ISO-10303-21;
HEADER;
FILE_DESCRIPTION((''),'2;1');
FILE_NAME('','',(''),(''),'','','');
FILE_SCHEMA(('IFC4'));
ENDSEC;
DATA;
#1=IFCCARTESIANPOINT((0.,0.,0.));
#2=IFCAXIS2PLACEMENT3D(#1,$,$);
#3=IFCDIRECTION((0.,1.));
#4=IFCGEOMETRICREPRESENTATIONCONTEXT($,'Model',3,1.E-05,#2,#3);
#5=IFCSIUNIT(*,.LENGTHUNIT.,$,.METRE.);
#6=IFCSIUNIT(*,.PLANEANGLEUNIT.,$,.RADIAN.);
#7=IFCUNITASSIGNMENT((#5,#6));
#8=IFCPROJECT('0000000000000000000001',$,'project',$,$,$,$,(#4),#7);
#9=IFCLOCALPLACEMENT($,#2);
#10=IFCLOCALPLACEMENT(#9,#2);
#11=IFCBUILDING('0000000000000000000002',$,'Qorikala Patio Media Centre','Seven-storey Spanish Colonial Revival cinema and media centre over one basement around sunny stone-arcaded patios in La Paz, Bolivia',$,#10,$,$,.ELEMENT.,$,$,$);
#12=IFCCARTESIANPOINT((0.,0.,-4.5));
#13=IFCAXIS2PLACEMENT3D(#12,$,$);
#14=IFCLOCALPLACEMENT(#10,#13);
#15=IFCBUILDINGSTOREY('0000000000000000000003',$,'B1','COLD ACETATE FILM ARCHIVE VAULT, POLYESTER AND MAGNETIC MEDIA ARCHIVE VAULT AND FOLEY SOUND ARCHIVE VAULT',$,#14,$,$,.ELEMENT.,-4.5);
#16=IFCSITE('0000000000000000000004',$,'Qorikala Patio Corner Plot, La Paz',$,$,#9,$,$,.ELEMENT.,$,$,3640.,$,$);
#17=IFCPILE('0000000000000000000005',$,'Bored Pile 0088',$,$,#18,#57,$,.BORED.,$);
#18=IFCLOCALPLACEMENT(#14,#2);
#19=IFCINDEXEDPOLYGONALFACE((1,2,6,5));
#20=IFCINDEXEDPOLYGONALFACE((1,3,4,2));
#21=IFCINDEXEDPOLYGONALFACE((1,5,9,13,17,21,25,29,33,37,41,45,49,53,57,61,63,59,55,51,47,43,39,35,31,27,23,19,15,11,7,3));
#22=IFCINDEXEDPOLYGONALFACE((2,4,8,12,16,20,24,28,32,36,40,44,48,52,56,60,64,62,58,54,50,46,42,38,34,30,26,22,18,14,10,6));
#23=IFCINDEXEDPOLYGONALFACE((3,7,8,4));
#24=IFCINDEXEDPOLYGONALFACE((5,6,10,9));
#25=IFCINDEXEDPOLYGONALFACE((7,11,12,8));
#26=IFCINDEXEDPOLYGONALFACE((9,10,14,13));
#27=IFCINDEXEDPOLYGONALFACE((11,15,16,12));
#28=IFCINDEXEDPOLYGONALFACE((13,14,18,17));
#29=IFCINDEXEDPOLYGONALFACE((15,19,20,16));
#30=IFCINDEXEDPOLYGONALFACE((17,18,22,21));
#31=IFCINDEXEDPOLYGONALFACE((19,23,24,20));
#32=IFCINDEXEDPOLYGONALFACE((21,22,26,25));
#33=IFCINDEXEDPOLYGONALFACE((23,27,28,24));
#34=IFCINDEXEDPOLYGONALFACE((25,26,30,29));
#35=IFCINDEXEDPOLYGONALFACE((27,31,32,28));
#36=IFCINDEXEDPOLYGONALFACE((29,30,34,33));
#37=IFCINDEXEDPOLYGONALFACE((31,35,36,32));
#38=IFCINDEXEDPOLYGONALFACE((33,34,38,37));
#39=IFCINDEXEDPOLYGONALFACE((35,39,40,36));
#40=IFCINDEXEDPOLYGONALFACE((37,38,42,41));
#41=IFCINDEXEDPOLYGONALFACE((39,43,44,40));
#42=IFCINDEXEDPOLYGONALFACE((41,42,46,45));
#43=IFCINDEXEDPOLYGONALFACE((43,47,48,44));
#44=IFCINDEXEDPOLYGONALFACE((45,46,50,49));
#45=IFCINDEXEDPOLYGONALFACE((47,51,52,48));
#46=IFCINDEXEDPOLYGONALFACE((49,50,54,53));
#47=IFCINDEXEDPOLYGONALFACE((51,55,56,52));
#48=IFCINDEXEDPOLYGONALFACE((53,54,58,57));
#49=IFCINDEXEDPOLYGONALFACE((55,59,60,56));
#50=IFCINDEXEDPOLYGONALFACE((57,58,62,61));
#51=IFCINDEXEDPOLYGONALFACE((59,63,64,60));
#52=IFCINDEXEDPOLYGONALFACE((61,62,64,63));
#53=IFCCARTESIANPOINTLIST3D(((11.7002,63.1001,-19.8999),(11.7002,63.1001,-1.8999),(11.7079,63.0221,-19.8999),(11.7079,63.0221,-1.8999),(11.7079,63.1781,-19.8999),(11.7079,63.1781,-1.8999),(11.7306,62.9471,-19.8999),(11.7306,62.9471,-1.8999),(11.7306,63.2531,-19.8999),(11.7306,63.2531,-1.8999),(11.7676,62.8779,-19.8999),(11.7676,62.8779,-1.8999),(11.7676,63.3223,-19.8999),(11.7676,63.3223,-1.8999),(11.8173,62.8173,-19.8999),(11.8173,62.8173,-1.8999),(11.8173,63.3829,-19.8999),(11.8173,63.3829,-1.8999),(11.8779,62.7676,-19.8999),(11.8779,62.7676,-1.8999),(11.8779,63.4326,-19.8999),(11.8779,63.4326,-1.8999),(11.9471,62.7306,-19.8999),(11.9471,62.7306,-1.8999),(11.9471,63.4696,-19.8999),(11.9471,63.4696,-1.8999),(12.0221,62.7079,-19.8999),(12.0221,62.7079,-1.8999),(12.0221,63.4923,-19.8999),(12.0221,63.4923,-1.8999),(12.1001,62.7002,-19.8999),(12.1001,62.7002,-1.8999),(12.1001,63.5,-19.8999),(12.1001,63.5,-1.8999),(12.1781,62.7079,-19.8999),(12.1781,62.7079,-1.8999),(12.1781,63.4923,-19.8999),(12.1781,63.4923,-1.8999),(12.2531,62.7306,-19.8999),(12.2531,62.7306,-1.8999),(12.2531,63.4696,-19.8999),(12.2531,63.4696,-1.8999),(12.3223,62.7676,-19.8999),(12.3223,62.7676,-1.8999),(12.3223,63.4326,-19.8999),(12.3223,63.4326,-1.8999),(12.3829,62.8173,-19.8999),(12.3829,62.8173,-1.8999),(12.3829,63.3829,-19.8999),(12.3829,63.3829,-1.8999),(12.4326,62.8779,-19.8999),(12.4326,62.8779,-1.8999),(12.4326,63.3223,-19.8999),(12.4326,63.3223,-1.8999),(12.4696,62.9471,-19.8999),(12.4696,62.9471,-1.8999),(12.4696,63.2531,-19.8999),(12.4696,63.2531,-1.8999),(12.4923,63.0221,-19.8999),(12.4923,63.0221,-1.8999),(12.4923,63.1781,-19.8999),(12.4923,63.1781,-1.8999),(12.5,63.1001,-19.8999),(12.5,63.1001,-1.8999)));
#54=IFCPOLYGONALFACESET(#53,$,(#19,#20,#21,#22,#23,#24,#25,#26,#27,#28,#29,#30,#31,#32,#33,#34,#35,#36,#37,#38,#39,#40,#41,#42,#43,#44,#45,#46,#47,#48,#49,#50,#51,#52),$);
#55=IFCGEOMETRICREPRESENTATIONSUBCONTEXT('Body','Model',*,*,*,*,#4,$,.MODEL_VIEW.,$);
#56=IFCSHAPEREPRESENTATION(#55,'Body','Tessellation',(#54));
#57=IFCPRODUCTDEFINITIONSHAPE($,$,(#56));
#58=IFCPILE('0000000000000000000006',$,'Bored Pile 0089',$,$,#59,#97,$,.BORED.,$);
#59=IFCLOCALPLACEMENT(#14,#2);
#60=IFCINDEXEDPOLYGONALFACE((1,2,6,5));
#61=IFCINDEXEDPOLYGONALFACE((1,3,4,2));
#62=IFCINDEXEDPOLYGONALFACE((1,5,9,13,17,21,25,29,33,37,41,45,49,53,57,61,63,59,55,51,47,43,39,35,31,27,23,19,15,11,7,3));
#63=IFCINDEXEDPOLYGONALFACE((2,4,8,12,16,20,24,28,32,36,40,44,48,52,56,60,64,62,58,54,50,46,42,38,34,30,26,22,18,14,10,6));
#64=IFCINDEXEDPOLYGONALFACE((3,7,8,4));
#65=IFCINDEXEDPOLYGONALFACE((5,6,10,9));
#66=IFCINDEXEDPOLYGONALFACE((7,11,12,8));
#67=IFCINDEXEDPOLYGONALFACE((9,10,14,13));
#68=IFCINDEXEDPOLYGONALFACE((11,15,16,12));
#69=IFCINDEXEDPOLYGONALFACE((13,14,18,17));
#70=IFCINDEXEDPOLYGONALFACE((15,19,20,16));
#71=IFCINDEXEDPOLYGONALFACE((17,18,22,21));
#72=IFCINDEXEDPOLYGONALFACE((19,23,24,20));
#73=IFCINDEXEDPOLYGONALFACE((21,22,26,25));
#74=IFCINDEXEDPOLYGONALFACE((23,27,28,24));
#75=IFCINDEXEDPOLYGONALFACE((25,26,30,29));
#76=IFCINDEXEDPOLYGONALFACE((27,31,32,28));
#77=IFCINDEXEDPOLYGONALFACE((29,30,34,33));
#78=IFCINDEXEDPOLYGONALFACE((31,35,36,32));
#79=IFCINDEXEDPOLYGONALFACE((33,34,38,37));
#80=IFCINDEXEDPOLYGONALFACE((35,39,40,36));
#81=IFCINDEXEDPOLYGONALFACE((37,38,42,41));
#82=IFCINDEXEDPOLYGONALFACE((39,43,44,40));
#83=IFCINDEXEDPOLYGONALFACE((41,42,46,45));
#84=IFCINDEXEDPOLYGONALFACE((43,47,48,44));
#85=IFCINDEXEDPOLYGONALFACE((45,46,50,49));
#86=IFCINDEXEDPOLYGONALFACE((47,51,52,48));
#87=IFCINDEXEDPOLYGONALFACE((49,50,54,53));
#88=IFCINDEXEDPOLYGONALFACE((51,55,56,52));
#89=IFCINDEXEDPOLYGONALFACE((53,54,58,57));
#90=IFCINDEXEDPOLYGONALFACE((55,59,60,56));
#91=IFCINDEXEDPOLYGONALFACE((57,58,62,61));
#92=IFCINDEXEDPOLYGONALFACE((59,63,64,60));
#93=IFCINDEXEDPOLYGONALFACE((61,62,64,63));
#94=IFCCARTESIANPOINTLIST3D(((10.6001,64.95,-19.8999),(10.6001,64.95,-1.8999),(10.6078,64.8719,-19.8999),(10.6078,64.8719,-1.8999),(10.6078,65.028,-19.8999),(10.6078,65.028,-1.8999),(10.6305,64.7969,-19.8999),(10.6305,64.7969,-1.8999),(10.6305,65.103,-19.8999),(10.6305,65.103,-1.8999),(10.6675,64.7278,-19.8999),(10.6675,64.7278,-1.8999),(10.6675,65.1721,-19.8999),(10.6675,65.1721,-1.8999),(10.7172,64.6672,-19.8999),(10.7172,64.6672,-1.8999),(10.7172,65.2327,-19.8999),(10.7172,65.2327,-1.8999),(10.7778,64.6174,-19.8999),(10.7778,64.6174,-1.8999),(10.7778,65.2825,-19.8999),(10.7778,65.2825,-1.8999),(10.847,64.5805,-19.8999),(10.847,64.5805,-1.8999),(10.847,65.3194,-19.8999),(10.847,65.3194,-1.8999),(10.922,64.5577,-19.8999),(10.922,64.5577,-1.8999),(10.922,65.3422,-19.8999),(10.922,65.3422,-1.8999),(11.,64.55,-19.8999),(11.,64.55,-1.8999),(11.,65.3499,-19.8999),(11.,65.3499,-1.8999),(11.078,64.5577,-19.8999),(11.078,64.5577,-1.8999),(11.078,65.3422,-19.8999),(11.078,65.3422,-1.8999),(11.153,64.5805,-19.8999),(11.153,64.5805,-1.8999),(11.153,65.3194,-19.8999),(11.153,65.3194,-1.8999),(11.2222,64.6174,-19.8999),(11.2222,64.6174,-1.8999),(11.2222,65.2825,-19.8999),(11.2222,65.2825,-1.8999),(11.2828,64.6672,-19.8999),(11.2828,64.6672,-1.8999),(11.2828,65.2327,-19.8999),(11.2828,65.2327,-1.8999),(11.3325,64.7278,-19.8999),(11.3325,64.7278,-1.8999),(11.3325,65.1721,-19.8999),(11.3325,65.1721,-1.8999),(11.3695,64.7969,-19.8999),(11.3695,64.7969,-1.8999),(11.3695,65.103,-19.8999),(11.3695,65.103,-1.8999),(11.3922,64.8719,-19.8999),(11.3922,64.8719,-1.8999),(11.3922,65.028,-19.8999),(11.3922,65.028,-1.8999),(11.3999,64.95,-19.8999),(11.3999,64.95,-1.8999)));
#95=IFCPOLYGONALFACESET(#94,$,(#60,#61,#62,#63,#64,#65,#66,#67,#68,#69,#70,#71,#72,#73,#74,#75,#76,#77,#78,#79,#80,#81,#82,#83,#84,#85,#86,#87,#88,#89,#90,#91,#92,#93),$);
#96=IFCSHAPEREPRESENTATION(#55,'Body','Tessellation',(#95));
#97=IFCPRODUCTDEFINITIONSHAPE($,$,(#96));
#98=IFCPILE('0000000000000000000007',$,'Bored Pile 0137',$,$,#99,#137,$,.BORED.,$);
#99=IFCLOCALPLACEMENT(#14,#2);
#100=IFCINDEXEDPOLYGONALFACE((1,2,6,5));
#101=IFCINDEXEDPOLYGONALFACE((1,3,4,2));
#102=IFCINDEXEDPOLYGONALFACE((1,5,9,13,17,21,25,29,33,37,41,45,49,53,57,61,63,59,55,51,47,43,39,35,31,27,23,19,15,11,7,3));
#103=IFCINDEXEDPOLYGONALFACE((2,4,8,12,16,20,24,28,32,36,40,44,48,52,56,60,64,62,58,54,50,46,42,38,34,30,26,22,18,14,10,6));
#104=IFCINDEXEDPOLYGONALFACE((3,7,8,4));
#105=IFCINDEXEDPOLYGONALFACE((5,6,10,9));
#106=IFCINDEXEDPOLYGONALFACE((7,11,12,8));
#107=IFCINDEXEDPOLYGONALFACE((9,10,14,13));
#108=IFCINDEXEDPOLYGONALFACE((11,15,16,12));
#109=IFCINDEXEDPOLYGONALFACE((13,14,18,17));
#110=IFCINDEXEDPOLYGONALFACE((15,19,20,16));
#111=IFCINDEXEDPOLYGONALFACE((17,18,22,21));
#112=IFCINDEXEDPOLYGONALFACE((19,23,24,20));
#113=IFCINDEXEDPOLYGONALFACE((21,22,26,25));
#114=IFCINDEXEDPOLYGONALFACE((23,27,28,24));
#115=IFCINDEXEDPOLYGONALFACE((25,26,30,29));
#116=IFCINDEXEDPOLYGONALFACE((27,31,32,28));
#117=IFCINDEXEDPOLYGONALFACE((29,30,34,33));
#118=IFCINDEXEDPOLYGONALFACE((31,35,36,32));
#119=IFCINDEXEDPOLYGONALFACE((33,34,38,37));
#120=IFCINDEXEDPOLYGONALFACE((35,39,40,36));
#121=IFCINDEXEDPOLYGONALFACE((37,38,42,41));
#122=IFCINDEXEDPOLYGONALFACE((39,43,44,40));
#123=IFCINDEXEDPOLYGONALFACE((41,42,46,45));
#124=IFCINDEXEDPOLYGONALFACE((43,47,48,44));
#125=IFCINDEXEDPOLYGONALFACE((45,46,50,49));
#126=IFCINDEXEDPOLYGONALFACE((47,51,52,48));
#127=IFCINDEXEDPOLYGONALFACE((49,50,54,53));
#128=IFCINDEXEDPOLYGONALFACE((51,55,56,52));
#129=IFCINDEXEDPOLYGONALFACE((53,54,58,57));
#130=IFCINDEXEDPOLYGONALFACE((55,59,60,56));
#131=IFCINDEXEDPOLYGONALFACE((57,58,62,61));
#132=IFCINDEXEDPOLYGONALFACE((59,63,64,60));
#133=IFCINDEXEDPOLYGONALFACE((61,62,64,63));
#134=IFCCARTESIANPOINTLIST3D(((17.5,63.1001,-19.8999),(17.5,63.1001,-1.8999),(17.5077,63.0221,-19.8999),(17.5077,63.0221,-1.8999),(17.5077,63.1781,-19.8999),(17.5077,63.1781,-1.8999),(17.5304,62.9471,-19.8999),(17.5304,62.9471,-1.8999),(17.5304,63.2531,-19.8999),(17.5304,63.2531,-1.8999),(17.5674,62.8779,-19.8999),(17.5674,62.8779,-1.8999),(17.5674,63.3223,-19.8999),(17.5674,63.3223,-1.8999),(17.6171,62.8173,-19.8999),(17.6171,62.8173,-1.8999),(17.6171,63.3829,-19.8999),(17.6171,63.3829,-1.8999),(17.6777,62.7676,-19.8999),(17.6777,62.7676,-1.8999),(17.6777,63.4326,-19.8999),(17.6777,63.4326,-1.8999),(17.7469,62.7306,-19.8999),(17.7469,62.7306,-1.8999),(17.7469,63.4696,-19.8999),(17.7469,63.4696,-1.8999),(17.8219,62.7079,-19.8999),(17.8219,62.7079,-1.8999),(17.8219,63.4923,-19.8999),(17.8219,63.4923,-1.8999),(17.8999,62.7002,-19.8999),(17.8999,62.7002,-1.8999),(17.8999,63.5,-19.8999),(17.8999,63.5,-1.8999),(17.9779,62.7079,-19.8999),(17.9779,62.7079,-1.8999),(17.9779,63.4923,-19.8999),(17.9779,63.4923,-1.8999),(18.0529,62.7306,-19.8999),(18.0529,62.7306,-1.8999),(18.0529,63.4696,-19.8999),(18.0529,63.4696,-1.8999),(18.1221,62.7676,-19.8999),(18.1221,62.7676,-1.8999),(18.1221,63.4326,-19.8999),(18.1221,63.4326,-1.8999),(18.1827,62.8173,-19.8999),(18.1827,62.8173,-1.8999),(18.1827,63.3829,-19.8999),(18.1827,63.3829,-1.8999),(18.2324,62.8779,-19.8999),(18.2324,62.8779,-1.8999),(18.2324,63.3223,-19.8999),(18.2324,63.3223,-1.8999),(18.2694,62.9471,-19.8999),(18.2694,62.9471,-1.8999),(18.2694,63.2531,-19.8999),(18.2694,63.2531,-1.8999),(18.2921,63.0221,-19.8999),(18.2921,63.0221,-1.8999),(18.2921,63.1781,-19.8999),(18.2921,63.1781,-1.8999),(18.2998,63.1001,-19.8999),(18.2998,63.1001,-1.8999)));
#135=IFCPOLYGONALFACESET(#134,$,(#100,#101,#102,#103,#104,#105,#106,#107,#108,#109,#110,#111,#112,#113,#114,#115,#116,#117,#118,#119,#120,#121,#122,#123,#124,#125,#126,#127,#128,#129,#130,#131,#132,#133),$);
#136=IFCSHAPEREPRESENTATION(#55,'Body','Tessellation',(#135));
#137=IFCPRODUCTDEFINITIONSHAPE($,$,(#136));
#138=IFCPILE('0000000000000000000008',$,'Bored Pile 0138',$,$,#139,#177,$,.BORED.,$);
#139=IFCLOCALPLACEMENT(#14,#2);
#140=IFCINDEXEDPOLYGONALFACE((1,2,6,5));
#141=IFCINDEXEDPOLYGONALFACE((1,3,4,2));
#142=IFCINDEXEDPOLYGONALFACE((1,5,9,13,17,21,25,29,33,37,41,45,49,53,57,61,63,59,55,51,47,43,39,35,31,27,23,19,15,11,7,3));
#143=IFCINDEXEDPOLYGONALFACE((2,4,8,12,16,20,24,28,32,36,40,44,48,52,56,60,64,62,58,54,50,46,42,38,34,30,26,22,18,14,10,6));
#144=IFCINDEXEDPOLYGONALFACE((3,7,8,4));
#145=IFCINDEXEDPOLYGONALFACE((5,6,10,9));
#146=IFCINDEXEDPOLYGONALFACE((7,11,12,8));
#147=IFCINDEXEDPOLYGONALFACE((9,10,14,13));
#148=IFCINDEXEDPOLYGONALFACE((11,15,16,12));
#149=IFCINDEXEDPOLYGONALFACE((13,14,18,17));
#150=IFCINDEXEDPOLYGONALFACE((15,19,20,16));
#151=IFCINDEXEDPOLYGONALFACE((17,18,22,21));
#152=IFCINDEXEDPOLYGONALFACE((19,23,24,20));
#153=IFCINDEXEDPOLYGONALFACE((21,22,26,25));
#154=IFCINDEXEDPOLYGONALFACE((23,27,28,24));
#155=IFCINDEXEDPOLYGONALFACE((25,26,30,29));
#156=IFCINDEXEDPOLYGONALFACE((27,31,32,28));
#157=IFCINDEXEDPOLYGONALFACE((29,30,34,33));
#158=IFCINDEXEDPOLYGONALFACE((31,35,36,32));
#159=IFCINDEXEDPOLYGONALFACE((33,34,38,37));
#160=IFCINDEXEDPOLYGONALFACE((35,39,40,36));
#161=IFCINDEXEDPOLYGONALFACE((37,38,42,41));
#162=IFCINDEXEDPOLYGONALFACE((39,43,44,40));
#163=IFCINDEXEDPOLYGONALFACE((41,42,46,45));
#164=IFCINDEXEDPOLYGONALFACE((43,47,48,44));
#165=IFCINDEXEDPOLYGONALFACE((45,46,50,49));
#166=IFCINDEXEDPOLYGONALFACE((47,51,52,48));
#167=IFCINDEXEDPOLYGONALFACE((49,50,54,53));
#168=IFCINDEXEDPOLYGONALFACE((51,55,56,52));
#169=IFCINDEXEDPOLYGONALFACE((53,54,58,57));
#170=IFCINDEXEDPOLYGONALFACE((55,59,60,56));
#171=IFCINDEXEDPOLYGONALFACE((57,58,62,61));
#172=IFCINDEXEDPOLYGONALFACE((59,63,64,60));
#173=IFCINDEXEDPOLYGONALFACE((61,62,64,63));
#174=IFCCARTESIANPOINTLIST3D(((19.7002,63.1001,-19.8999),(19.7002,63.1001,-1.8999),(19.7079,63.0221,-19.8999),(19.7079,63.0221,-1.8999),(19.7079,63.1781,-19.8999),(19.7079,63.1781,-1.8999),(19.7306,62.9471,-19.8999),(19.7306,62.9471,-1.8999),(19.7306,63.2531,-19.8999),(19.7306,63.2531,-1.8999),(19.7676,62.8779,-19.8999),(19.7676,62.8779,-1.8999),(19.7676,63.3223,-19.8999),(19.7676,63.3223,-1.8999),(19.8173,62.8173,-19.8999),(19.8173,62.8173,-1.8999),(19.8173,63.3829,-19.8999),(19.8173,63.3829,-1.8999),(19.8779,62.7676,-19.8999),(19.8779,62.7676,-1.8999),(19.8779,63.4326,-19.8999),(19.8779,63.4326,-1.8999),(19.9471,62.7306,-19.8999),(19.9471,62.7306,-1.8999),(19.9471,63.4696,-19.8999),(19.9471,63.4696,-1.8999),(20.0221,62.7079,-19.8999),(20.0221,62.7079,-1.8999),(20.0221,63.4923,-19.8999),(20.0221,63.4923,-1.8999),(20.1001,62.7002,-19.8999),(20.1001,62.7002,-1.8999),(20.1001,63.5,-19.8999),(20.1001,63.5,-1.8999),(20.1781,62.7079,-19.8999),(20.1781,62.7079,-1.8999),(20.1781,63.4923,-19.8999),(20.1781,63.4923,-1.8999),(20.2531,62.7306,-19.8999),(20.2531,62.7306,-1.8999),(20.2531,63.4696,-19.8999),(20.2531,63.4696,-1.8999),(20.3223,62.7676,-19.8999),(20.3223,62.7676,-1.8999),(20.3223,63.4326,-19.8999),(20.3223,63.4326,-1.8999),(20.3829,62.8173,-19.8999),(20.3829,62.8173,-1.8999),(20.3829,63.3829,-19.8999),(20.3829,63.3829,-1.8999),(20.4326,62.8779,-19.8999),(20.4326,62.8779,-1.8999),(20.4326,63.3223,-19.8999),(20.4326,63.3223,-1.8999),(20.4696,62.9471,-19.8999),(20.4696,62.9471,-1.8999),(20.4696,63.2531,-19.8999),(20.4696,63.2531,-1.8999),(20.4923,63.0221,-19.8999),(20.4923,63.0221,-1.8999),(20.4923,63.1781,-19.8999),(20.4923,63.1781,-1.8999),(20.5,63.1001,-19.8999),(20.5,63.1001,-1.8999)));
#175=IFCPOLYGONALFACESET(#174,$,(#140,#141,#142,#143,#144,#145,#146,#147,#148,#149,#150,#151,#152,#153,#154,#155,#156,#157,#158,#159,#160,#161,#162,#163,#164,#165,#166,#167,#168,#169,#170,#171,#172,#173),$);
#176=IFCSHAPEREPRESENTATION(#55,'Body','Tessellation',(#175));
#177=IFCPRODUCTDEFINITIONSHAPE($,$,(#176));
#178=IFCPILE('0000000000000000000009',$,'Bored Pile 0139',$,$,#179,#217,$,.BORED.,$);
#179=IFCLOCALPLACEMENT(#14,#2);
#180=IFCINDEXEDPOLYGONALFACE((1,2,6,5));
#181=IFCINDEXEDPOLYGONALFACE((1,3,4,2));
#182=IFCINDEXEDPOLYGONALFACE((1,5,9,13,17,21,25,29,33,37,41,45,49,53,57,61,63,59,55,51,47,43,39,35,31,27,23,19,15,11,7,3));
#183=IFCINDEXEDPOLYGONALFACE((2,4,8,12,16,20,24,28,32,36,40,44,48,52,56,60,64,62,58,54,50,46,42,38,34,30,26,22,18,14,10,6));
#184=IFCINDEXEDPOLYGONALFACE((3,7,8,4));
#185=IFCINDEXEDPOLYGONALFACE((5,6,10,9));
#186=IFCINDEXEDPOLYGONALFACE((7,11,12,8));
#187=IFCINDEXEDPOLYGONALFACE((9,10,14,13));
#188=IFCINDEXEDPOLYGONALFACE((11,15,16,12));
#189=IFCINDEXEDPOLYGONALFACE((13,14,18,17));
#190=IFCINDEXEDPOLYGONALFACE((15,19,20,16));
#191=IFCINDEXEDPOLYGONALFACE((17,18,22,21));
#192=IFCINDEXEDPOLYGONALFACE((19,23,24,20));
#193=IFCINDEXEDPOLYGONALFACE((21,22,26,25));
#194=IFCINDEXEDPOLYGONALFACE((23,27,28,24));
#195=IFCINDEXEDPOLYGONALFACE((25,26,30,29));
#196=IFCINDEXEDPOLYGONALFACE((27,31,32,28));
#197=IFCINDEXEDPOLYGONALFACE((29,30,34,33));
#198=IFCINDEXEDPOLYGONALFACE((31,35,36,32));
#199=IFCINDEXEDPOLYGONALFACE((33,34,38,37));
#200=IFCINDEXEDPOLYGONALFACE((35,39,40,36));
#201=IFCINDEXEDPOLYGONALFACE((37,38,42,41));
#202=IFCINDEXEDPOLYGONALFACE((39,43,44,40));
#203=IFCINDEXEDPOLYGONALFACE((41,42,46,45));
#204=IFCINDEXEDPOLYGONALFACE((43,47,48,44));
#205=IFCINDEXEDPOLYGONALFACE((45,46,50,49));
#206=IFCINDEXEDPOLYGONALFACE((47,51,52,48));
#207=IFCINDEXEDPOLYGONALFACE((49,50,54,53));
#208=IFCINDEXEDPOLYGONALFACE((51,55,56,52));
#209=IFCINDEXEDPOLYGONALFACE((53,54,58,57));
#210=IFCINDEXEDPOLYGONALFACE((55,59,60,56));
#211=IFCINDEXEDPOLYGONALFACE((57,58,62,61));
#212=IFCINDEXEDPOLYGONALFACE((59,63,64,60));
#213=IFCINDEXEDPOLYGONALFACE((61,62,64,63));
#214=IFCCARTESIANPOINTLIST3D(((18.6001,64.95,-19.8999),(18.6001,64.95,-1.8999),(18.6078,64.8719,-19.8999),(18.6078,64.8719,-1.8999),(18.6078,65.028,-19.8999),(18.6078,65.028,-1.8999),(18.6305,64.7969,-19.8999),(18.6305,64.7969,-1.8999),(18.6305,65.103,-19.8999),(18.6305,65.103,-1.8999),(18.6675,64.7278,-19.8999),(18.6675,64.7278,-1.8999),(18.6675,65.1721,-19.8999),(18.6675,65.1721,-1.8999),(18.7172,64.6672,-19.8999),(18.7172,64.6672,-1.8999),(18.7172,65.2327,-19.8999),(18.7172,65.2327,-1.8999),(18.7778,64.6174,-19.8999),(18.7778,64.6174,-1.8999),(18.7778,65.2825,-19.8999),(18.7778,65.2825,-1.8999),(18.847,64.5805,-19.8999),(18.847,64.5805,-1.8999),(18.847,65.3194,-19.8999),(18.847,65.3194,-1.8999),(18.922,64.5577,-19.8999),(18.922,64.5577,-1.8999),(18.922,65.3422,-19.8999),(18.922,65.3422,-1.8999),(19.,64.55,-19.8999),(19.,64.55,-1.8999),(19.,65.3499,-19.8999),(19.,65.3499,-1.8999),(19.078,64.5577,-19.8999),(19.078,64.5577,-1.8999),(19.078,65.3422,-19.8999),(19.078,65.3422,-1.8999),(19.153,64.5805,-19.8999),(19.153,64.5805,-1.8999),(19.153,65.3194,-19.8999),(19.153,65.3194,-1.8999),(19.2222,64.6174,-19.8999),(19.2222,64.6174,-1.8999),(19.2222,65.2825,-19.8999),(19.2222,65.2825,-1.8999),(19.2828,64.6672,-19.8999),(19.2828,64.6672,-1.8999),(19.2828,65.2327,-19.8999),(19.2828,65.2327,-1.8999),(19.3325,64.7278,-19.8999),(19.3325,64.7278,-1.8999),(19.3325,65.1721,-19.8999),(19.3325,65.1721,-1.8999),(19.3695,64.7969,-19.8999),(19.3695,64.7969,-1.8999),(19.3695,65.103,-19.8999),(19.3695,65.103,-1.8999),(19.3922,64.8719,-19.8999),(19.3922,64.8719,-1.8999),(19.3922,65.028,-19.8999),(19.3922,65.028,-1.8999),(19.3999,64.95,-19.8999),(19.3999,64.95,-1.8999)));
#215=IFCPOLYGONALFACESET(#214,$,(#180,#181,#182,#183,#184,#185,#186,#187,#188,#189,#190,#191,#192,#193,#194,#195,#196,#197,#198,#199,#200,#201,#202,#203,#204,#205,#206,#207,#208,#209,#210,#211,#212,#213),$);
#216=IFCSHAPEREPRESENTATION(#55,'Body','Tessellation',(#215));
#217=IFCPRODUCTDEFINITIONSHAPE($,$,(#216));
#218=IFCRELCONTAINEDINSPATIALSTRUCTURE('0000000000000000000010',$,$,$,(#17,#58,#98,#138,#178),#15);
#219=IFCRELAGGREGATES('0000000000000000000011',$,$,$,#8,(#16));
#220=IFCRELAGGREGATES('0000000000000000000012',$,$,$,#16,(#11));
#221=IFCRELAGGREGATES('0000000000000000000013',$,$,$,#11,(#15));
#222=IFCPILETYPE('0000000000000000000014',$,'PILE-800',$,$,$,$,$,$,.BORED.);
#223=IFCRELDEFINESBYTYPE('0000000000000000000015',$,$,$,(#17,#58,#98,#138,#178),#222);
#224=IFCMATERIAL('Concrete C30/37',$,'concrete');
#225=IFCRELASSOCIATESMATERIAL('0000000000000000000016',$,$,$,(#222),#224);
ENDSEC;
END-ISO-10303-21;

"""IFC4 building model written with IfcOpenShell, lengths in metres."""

from ifc_helpers import new_model, si_unit, direction, frame, origin, origin_2d, place, context, subcontext, project, spatial, circle, extrude, material, material_profile, profile_set, type_object, element, save


model = new_model("IFC4")

# Units and contexts
model_context = context("Model", 3, precision=1e-05, world=origin(), true_north=direction((0.0, 1.0)))
body_context = subcontext(model_context, "Body", "Model", "MODEL_VIEW")
ifc_project = project(units=[si_unit("LENGTHUNIT", "METRE"), si_unit("PLANEANGLEUNIT", "RADIAN")], contexts=[model_context])

# Site, building, storey
site_placement = place(None, origin())
site = spatial("IfcSite", under=ifc_project, at=site_placement, Name="Qorikala Patio Corner Plot, La Paz", CompositionType="ELEMENT", RefElevation=3640.0)
building_placement = place(site_placement, origin())
building = spatial("IfcBuilding", under=site, at=building_placement, Name="Qorikala Patio Media Centre", Description="Seven-storey Spanish Colonial Revival cinema and media centre over one basement around sunny stone-arcaded patios in La Paz, Bolivia", CompositionType="ELEMENT")
storey_placement = place(building_placement, frame((0.0, 0.0, -4.5)))
storey = spatial("IfcBuildingStorey", under=building, at=storey_placement, Name="B1", Description="COLD ACETATE FILM ARCHIVE VAULT, POLYESTER AND MAGNETIC MEDIA ARCHIVE VAULT AND FOLEY SOUND ARCHIVE VAULT", CompositionType="ELEMENT", Elevation=-4.5)

# Shared definitions
ifc_material_1 = material(Name="Concrete C30/37", Category="concrete")

# Piles
ifc_material_profile_1 = material_profile(ifc_material_1, circle(Radius=0.3999, at=origin_2d()), Name="BORED PILE 800")
ifc_profile_set_1 = profile_set([ifc_material_profile_1], Name="Concrete C30/37")
pile_type_1 = type_object("IfcPileType", Name="PILE-800", PredefinedType="BORED", material=ifc_profile_set_1)
for number, where, z_axis, x_axis, name in (
    (1, (12.1001, 63.1001, -1.8999), (0.0, 0.0, -1.0), (1.0, 0.0, 0.0), "Bored Pile 0088"),
    (2, (11.0, 64.95, -1.8999), (0.0, 0.0, -1.0), (1.0, 0.0, 0.0), "Bored Pile 0089"),
    (3, (17.8999, 63.1001, -1.8999), (0.0, 0.0, -1.0), (1.0, 0.0, 0.0), "Bored Pile 0137"),
    (4, (20.1001, 63.1001, -1.8999), (0.0, 0.0, -1.0), (1.0, 0.0, 0.0), "Bored Pile 0138"),
    (5, (19.0, 64.95, -1.8999), (0.0, 0.0, -1.0), (1.0, 0.0, 0.0), "Bored Pile 0139"),
):
    element("IfcPile", number, at=place(storey_placement, frame(where, z_axis=z_axis, x_axis=x_axis)), inside=storey, type_object=pile_type_1, Name=name, PredefinedType="BORED", context=body_context, shape_type="SweptSolid", body=[
        extrude(circle(Radius=0.3999, at=origin_2d()), origin(), (0.0, 0.0, 1.0), 18.0),
    ])

save(model, "model.ifc")
